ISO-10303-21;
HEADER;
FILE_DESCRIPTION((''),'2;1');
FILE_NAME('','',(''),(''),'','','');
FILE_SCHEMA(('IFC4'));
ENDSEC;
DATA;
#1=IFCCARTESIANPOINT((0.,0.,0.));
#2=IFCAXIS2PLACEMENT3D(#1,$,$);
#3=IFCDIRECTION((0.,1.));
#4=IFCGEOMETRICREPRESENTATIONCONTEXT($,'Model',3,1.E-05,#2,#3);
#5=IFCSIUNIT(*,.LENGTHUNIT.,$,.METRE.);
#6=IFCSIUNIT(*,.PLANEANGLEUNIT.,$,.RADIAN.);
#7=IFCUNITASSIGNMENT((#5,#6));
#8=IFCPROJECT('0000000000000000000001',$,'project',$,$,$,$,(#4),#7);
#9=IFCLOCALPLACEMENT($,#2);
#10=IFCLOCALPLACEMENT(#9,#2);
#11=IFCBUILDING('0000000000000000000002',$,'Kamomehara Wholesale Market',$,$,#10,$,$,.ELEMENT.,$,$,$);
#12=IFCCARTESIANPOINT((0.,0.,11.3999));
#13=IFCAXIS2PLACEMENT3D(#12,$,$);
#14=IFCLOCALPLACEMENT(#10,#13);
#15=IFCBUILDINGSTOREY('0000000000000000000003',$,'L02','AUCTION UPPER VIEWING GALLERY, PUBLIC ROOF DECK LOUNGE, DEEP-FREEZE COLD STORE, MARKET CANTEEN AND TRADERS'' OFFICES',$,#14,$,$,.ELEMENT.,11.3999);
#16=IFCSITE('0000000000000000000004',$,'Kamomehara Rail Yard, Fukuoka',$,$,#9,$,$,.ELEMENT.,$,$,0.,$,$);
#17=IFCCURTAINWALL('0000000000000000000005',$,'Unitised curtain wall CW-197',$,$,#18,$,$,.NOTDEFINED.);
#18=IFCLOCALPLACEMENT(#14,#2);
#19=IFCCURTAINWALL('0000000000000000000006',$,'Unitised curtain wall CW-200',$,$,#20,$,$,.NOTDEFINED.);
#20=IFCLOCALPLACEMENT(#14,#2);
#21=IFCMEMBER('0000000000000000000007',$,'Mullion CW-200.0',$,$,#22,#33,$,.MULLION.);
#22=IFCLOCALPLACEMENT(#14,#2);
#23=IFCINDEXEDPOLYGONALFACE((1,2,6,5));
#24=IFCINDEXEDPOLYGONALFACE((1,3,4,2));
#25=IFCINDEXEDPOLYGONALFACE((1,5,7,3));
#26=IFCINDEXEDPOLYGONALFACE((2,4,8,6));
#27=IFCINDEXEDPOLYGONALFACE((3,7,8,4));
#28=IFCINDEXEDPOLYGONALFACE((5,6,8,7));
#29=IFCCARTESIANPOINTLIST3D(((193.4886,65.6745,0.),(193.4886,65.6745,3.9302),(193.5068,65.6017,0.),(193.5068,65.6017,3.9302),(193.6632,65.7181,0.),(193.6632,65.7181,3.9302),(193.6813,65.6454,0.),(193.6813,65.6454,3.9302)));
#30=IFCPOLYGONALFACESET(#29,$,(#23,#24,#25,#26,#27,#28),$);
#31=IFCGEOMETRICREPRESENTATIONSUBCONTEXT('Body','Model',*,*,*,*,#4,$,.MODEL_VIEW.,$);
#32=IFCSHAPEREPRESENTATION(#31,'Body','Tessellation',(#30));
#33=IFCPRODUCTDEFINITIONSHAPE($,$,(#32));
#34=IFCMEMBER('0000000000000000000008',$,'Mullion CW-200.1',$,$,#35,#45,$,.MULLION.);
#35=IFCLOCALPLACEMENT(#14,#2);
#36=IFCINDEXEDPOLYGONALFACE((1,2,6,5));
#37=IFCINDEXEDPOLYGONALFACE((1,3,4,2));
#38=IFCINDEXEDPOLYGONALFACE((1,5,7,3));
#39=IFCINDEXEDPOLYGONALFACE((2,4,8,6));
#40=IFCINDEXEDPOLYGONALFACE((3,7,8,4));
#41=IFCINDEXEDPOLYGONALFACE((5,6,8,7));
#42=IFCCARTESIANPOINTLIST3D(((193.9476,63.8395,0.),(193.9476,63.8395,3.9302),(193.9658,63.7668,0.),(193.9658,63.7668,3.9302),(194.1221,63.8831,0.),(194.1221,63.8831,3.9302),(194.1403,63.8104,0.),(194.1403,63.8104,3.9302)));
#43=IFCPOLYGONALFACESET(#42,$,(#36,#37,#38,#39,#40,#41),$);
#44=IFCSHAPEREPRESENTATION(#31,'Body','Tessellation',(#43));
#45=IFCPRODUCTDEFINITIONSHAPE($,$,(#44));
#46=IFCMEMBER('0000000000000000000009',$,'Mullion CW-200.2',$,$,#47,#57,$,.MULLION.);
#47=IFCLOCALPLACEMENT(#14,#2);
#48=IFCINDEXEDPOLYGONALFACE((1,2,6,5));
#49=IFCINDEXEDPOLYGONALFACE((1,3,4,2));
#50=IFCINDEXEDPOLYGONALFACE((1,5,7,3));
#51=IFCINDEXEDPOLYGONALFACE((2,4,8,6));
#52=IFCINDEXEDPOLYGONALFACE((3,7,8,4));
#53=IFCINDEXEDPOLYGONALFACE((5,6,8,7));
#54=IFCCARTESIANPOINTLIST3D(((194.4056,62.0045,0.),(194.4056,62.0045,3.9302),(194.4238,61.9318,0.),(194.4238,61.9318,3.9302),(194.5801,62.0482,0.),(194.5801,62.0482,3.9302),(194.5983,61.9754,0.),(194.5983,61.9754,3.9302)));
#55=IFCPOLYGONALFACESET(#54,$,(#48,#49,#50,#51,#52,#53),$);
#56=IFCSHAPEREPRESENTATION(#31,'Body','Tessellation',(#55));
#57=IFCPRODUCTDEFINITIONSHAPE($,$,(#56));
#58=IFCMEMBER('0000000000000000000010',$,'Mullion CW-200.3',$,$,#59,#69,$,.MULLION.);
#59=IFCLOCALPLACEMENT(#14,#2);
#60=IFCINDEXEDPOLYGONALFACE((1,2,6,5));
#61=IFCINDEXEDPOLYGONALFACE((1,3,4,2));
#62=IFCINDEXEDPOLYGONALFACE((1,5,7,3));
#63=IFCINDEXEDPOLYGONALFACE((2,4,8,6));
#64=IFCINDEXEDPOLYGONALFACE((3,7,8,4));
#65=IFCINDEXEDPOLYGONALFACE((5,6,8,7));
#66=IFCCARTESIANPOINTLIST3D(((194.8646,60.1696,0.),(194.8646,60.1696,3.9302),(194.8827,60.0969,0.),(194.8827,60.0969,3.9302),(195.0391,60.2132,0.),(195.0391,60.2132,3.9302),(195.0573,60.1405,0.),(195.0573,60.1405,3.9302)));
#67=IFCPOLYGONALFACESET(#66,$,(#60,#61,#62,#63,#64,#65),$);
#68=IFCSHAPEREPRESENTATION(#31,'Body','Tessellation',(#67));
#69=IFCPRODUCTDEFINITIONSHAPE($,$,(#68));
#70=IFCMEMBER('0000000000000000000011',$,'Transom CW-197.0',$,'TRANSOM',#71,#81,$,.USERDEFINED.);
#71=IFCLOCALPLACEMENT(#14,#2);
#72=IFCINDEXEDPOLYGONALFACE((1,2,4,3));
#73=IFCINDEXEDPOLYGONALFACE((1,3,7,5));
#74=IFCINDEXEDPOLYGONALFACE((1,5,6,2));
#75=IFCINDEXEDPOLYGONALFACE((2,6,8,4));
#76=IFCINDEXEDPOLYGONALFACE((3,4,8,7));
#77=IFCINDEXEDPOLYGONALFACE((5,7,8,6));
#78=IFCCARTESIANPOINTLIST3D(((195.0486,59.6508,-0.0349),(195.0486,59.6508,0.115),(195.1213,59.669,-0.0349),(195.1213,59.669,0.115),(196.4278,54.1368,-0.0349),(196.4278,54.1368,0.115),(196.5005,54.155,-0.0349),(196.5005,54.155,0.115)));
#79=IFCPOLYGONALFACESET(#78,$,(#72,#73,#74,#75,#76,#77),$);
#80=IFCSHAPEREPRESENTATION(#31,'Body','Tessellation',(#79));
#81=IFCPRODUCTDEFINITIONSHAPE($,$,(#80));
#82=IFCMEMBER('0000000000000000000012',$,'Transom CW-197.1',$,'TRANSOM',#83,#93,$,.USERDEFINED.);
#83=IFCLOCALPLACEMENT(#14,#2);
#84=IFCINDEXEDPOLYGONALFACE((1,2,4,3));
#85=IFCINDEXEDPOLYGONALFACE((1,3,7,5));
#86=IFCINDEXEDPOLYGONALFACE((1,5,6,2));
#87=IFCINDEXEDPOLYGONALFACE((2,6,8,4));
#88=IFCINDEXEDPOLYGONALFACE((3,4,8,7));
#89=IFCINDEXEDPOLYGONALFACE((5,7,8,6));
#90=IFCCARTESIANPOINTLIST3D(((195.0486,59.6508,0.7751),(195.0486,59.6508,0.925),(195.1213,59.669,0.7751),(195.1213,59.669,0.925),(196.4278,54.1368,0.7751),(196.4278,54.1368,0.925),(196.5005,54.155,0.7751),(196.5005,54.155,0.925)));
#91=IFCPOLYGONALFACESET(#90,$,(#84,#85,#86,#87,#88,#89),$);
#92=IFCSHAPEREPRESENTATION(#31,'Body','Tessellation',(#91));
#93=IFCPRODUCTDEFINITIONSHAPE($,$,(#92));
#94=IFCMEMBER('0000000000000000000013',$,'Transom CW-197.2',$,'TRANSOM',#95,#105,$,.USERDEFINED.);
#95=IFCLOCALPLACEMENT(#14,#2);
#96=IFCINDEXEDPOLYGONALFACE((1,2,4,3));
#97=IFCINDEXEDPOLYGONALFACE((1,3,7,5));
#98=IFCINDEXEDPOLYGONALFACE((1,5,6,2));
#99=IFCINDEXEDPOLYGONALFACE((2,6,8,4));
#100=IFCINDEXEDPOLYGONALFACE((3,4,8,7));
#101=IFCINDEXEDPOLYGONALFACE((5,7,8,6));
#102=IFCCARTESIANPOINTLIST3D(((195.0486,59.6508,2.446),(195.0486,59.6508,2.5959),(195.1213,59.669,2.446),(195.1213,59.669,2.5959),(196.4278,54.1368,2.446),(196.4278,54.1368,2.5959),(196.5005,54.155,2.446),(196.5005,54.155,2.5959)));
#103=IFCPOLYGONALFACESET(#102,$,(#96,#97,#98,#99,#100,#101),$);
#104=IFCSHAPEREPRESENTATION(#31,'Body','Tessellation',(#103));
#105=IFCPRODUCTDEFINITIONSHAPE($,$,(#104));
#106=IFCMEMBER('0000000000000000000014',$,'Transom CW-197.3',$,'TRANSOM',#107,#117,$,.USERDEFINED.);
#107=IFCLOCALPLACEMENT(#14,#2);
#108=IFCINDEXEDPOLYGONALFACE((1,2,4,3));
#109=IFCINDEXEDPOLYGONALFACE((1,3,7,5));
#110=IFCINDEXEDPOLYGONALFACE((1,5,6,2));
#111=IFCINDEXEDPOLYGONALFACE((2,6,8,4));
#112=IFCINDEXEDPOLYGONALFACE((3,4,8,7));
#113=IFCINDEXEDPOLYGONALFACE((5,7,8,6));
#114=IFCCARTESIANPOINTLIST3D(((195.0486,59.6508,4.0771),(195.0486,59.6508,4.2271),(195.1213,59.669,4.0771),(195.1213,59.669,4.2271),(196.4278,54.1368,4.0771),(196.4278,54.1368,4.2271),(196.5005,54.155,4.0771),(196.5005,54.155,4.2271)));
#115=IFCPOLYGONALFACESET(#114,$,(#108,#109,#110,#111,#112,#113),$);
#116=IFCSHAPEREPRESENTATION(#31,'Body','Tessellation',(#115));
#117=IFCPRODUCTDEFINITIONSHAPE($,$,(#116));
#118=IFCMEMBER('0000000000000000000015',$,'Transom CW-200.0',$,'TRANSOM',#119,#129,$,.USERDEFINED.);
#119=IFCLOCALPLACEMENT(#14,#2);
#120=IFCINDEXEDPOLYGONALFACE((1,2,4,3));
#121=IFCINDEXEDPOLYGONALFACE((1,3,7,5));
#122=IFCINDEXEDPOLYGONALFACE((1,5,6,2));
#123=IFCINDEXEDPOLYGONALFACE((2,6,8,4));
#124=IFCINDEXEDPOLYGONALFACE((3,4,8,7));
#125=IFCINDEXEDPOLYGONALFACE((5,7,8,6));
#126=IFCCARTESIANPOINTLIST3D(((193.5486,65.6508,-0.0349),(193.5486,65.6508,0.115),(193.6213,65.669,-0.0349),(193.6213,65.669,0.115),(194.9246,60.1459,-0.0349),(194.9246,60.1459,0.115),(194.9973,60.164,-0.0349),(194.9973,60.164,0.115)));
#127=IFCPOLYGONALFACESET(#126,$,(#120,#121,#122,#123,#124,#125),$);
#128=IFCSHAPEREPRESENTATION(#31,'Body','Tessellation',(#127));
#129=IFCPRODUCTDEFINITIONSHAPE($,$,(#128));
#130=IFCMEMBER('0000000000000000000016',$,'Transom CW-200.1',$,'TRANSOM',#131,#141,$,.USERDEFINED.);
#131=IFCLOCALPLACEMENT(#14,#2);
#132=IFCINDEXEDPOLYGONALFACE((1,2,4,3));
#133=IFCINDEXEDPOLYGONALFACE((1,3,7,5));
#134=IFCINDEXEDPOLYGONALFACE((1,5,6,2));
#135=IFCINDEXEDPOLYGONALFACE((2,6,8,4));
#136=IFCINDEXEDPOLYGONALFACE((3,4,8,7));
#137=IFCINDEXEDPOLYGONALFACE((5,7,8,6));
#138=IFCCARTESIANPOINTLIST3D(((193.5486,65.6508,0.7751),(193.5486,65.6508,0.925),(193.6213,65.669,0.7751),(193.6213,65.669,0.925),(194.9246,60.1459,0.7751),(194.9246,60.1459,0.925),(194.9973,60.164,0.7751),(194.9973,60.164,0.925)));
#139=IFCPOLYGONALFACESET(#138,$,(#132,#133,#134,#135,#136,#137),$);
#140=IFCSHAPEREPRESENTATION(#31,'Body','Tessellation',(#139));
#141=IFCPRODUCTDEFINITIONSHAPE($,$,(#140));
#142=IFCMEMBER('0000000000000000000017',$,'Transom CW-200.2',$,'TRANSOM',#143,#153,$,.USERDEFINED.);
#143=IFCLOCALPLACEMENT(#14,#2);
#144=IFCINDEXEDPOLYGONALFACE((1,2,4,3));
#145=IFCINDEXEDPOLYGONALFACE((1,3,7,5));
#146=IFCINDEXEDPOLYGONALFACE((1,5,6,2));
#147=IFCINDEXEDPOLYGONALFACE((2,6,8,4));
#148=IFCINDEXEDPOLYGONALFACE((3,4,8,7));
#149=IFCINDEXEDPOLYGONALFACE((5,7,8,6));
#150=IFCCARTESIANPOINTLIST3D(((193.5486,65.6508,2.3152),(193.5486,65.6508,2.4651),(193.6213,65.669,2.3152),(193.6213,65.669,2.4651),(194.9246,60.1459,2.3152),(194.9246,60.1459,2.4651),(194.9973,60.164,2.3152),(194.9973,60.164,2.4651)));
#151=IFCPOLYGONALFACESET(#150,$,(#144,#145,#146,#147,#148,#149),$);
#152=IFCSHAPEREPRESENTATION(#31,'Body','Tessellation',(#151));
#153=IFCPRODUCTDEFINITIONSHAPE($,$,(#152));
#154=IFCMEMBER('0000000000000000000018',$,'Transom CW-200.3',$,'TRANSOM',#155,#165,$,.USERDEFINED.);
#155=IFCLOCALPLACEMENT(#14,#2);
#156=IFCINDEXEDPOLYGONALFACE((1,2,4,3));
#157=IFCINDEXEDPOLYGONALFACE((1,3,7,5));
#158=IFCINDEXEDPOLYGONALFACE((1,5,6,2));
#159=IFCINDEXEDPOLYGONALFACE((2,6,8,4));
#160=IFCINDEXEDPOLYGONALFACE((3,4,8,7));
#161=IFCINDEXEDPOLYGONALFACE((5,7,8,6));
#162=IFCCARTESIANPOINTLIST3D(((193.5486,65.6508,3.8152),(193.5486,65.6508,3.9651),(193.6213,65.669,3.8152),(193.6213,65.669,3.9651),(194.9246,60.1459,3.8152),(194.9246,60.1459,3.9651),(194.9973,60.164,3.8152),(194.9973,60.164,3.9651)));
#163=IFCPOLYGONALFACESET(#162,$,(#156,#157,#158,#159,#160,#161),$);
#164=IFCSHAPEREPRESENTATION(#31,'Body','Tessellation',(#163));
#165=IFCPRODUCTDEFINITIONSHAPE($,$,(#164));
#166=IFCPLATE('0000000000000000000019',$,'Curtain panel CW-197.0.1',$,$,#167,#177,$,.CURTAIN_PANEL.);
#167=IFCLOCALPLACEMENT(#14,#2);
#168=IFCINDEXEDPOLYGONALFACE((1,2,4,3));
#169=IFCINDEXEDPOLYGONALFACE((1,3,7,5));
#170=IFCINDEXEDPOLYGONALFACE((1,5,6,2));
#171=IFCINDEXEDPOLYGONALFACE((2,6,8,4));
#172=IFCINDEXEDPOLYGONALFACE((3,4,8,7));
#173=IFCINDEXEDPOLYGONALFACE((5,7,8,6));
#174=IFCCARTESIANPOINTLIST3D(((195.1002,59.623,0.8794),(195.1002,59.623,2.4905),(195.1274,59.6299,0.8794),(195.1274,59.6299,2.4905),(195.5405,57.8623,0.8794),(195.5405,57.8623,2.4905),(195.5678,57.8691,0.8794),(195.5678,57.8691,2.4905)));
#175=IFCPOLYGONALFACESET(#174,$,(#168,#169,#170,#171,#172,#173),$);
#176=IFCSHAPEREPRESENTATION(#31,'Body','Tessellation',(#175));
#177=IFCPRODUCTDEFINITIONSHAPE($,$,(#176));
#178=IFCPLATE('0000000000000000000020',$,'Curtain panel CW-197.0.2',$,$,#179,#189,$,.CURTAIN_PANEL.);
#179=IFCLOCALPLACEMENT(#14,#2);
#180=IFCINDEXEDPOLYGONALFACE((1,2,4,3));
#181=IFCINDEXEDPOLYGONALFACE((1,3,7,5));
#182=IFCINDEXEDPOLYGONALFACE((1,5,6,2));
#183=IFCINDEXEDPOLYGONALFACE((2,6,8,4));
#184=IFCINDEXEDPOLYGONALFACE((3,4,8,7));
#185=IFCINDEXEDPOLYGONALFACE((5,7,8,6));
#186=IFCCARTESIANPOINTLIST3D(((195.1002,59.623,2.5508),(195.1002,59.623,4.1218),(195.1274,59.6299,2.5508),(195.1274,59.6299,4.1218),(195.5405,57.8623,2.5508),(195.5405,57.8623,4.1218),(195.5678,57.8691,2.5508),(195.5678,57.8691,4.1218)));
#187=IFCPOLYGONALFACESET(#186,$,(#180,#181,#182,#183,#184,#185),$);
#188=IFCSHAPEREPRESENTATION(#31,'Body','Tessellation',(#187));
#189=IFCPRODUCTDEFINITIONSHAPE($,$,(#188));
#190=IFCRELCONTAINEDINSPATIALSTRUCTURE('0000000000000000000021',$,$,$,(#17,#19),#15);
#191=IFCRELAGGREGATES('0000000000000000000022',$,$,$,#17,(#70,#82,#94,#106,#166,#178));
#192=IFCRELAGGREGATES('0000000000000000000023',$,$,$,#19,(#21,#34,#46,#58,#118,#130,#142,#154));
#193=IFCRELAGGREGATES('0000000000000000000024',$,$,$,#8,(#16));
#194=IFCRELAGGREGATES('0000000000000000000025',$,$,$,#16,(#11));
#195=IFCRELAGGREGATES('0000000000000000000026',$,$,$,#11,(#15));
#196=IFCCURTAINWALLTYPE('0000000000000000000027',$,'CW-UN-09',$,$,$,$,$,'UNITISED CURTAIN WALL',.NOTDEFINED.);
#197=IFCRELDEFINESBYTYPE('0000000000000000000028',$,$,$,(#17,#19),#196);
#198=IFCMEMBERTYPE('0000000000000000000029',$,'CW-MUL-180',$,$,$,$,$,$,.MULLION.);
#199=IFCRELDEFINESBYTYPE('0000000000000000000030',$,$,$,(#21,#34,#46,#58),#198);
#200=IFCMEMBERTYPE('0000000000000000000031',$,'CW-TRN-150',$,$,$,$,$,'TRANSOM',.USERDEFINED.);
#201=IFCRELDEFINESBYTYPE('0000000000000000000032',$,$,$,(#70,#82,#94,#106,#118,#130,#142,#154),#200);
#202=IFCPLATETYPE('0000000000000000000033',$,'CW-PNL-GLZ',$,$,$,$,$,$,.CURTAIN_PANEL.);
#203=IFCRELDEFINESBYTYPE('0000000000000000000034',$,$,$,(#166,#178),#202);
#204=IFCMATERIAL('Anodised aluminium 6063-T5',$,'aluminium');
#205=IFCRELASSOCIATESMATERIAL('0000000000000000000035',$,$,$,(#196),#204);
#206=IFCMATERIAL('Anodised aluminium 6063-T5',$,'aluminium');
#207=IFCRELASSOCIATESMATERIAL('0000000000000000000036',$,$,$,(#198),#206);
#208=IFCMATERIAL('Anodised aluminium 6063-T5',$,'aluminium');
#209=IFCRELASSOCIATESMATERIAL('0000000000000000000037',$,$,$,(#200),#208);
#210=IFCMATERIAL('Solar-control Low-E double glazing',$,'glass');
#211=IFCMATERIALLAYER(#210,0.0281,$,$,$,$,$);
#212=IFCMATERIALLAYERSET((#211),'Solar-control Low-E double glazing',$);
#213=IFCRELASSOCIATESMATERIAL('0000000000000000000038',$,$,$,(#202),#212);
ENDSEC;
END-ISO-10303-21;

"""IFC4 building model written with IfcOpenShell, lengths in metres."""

from ifc_helpers import new_model, si_unit, direction, frame, origin, origin_2d, place, context, subcontext, project, spatial, rectangle, extrude, material, layer, layer_set, material_profile, profile_set, type_object, element, aggregate, save


model = new_model("IFC4")

# Units and contexts
model_context = context("Model", 3, precision=1e-05, world=origin(), true_north=direction((0.0, 1.0)))
body_context = subcontext(model_context, "Body", "Model", "MODEL_VIEW")
ifc_project = project(units=[si_unit("LENGTHUNIT", "METRE"), si_unit("PLANEANGLEUNIT", "RADIAN")], contexts=[model_context])

# Site, building, storey
site_placement = place(None, origin())
site = spatial("IfcSite", under=ifc_project, at=site_placement, Name="Kamomehara Rail Yard, Fukuoka", CompositionType="ELEMENT", RefElevation=0.0)
building_placement = place(site_placement, origin())
building = spatial("IfcBuilding", under=site, at=building_placement, Name="Kamomehara Wholesale Market", CompositionType="ELEMENT")
storey_placement = place(building_placement, frame((0.0, 0.0, 11.3999)))
storey = spatial("IfcBuildingStorey", under=building, at=storey_placement, Name="L02", Description="AUCTION UPPER VIEWING GALLERY, PUBLIC ROOF DECK LOUNGE, DEEP-FREEZE COLD STORE, MARKET CANTEEN AND TRADERS' OFFICES", CompositionType="ELEMENT", Elevation=11.3999)

# Curtain walls, members
ifc_material_1 = material(Name="Anodised aluminium 6063-T5", Category="aluminium")
curtain_wall_type = type_object("IfcCurtainWallType", Name="CW-UN-09", ElementType="UNITISED CURTAIN WALL", PredefinedType="NOTDEFINED", material=ifc_material_1)
curtain_wall_1_placement = place(storey_placement, origin())
curtain_wall_1 = element("IfcCurtainWall", 1, at=curtain_wall_1_placement, inside=storey, type_object=curtain_wall_type, Name="Unitised curtain wall CW-197", PredefinedType="NOTDEFINED")
ifc_material_2 = material(Name="Anodised aluminium 6063-T5", Category="aluminium")
ifc_material_profile_1 = material_profile(ifc_material_2, rectangle(XDim=0.075, YDim=0.1799, at=origin_2d()), Name="ALU-MUL-75x180")
ifc_profile_set_1 = profile_set([ifc_material_profile_1], Name="Anodised aluminium 6063-T5")
member_type_1 = type_object("IfcMemberType", Name="CW-MUL-180", PredefinedType="MULLION", material=ifc_profile_set_1)
curtain_wall_2_placement = place(storey_placement, origin())
curtain_wall_2 = element("IfcCurtainWall", 2, at=curtain_wall_2_placement, inside=storey, type_object=curtain_wall_type, Name="Unitised curtain wall CW-200", PredefinedType="NOTDEFINED")
member_1_placement = place(storey_placement, frame((193.585, 65.6599, 0.0), z_axis=(0.0, 0.0, 1.0), x_axis=(0.242494, -0.970153, 0.0)))
member_1 = element("IfcMember", 3, at=member_1_placement, type_object=member_type_1, Name="Mullion CW-200.0", PredefinedType="MULLION", context=body_context, shape_type="SweptSolid", body=[
    extrude(rectangle(XDim=0.075, YDim=0.1799, at=origin_2d()), origin(), (0.0, 0.0, 1.0), 3.9302),
])
member_2_placement = place(storey_placement, frame((194.0439, 63.825, 0.0), z_axis=(0.0, 0.0, 1.0), x_axis=(0.242494, -0.970153, 0.0)))
member_2 = element("IfcMember", 4, at=member_2_placement, type_object=member_type_1, Name="Mullion CW-200.1", PredefinedType="MULLION", context=body_context, shape_type="SweptSolid", body=[
    extrude(rectangle(XDim=0.075, YDim=0.1799, at=origin_2d()), origin(), (0.0, 0.0, 1.0), 3.9302),
])
member_3_placement = place(storey_placement, frame((194.502, 61.99, 0.0), z_axis=(0.0, 0.0, 1.0), x_axis=(0.242494, -0.970153, 0.0)))
member_3 = element("IfcMember", 5, at=member_3_placement, type_object=member_type_1, Name="Mullion CW-200.2", PredefinedType="MULLION", context=body_context, shape_type="SweptSolid", body=[
    extrude(rectangle(XDim=0.075, YDim=0.1799, at=origin_2d()), origin(), (0.0, 0.0, 1.0), 3.9302),
])
member_4_placement = place(storey_placement, frame((194.9609, 60.155, 0.0), z_axis=(0.0, 0.0, 1.0), x_axis=(0.242494, -0.970153, 0.0)))
member_4 = element("IfcMember", 6, at=member_4_placement, type_object=member_type_1, Name="Mullion CW-200.3", PredefinedType="MULLION", context=body_context, shape_type="SweptSolid", body=[
    extrude(rectangle(XDim=0.075, YDim=0.1799, at=origin_2d()), origin(), (0.0, 0.0, 1.0), 3.9302),
])

# Members
ifc_material_3 = material(Name="Anodised aluminium 6063-T5", Category="aluminium")
ifc_material_profile_2 = material_profile(ifc_material_3, rectangle(XDim=0.075, YDim=0.1499, at=origin_2d()), Name="ALU-TRN-75x150")
ifc_profile_set_2 = profile_set([ifc_material_profile_2], Name="Anodised aluminium 6063-T5")
member_type_2 = type_object("IfcMemberType", Name="CW-TRN-150", ElementType="TRANSOM", PredefinedType="USERDEFINED", material=ifc_profile_set_2)
member_5_placement = place(storey_placement, frame((195.085, 59.6599, 0.04), z_axis=(0.242647, -0.970115, 0.0), x_axis=(0.970115, 0.242647, 0.0)))
member_5 = element("IfcMember", 7, at=member_5_placement, type_object=member_type_2, Name="Transom CW-197.0", ObjectType="TRANSOM", PredefinedType="USERDEFINED", context=body_context, shape_type="SweptSolid", body=[
    extrude(rectangle(XDim=0.075, YDim=0.1499, at=origin_2d()), origin(), (0.0, 0.0, 1.0), 5.6838),
])
member_6_placement = place(storey_placement, frame((195.085, 59.6599, 0.8501), z_axis=(0.242647, -0.970115, 0.0), x_axis=(0.970115, 0.242647, 0.0)))
member_6 = element("IfcMember", 8, at=member_6_placement, type_object=member_type_2, Name="Transom CW-197.1", ObjectType="TRANSOM", PredefinedType="USERDEFINED", context=body_context, shape_type="SweptSolid", body=[
    extrude(rectangle(XDim=0.075, YDim=0.1499, at=origin_2d()), origin(), (0.0, 0.0, 1.0), 5.6838),
])
member_7_placement = place(storey_placement, frame((195.085, 59.6599, 2.521), z_axis=(0.242647, -0.970115, 0.0), x_axis=(0.970115, 0.242647, 0.0)))
member_7 = element("IfcMember", 9, at=member_7_placement, type_object=member_type_2, Name="Transom CW-197.2", ObjectType="TRANSOM", PredefinedType="USERDEFINED", context=body_context, shape_type="SweptSolid", body=[
    extrude(rectangle(XDim=0.075, YDim=0.1499, at=origin_2d()), origin(), (0.0, 0.0, 1.0), 5.6838),
])
member_8_placement = place(storey_placement, frame((195.085, 59.6599, 4.1521), z_axis=(0.242647, -0.970115, 0.0), x_axis=(0.970115, 0.242647, 0.0)))
member_8 = element("IfcMember", 10, at=member_8_placement, type_object=member_type_2, Name="Transom CW-197.3", ObjectType="TRANSOM", PredefinedType="USERDEFINED", context=body_context, shape_type="SweptSolid", body=[
    extrude(rectangle(XDim=0.075, YDim=0.1499, at=origin_2d()), origin(), (0.0, 0.0, 1.0), 5.6838),
])
member_9_placement = place(storey_placement, frame((193.585, 65.6599, 0.04), z_axis=(0.242495, -0.970153, 0.0), x_axis=(0.970153, 0.242495, 0.0)))
member_9 = element("IfcMember", 11, at=member_9_placement, type_object=member_type_2, Name="Transom CW-200.0", ObjectType="TRANSOM", PredefinedType="USERDEFINED", context=body_context, shape_type="SweptSolid", body=[
    extrude(rectangle(XDim=0.075, YDim=0.1499, at=origin_2d()), origin(), (0.0, 0.0, 1.0), 5.6743),
])
member_10_placement = place(storey_placement, frame((193.585, 65.6599, 0.8501), z_axis=(0.242495, -0.970153, 0.0), x_axis=(0.970153, 0.242495, 0.0)))
member_10 = element("IfcMember", 12, at=member_10_placement, type_object=member_type_2, Name="Transom CW-200.1", ObjectType="TRANSOM", PredefinedType="USERDEFINED", context=body_context, shape_type="SweptSolid", body=[
    extrude(rectangle(XDim=0.075, YDim=0.1499, at=origin_2d()), origin(), (0.0, 0.0, 1.0), 5.6743),
])
member_11_placement = place(storey_placement, frame((193.585, 65.6599, 2.3901), z_axis=(0.242495, -0.970153, 0.0), x_axis=(0.970153, 0.242495, 0.0)))
member_11 = element("IfcMember", 13, at=member_11_placement, type_object=member_type_2, Name="Transom CW-200.2", ObjectType="TRANSOM", PredefinedType="USERDEFINED", context=body_context, shape_type="SweptSolid", body=[
    extrude(rectangle(XDim=0.075, YDim=0.1499, at=origin_2d()), origin(), (0.0, 0.0, 1.0), 5.6743),
])
member_12_placement = place(storey_placement, frame((193.585, 65.6599, 3.8901), z_axis=(0.242495, -0.970153, 0.0), x_axis=(0.970153, 0.242495, 0.0)))
member_12 = element("IfcMember", 14, at=member_12_placement, type_object=member_type_2, Name="Transom CW-200.3", ObjectType="TRANSOM", PredefinedType="USERDEFINED", context=body_context, shape_type="SweptSolid", body=[
    extrude(rectangle(XDim=0.075, YDim=0.1499, at=origin_2d()), origin(), (0.0, 0.0, 1.0), 5.6743),
])

# Plates
ifc_material_4 = material(Name="Solar-control Low-E double glazing", Category="glass")
ifc_layer_1 = layer(ifc_material_4, 0.0281)
ifc_layer_set_1 = layer_set([ifc_layer_1], Name="Solar-control Low-E double glazing")
plate_type_1 = type_object("IfcPlateType", Name="CW-PNL-GLZ", PredefinedType="CURTAIN_PANEL", material=ifc_layer_set_1)
plate_1_placement = place(storey_placement, frame((195.334, 58.7461, 0.8794), z_axis=(0.0, 0.0, 1.0), x_axis=(0.242616, -0.970122, 0.0)))
plate_1 = element("IfcPlate", 15, at=plate_1_placement, type_object=plate_type_1, Name="Curtain panel CW-197.0.1", PredefinedType="CURTAIN_PANEL", context=body_context, shape_type="SweptSolid", body=[
    extrude(rectangle(XDim=1.8149, YDim=0.0281, at=origin_2d()), origin(), (0.0, 0.0, 1.0), 1.6111),
])
plate_2_placement = place(storey_placement, frame((195.334, 58.7461, 2.5508), z_axis=(0.0, 0.0, 1.0), x_axis=(0.242616, -0.970122, 0.0)))
plate_2 = element("IfcPlate", 16, at=plate_2_placement, type_object=plate_type_1, Name="Curtain panel CW-197.0.2", PredefinedType="CURTAIN_PANEL", context=body_context, shape_type="SweptSolid", body=[
    extrude(rectangle(XDim=1.8149, YDim=0.0281, at=origin_2d()), origin(), (0.0, 0.0, 1.0), 1.571),
])
aggregate(curtain_wall_1, [member_5, member_6, member_7, member_8, plate_1, plate_2])
aggregate(curtain_wall_2, [member_1, member_2, member_3, member_4, member_9, member_10, member_11, member_12])

save(model, "model.ifc")
